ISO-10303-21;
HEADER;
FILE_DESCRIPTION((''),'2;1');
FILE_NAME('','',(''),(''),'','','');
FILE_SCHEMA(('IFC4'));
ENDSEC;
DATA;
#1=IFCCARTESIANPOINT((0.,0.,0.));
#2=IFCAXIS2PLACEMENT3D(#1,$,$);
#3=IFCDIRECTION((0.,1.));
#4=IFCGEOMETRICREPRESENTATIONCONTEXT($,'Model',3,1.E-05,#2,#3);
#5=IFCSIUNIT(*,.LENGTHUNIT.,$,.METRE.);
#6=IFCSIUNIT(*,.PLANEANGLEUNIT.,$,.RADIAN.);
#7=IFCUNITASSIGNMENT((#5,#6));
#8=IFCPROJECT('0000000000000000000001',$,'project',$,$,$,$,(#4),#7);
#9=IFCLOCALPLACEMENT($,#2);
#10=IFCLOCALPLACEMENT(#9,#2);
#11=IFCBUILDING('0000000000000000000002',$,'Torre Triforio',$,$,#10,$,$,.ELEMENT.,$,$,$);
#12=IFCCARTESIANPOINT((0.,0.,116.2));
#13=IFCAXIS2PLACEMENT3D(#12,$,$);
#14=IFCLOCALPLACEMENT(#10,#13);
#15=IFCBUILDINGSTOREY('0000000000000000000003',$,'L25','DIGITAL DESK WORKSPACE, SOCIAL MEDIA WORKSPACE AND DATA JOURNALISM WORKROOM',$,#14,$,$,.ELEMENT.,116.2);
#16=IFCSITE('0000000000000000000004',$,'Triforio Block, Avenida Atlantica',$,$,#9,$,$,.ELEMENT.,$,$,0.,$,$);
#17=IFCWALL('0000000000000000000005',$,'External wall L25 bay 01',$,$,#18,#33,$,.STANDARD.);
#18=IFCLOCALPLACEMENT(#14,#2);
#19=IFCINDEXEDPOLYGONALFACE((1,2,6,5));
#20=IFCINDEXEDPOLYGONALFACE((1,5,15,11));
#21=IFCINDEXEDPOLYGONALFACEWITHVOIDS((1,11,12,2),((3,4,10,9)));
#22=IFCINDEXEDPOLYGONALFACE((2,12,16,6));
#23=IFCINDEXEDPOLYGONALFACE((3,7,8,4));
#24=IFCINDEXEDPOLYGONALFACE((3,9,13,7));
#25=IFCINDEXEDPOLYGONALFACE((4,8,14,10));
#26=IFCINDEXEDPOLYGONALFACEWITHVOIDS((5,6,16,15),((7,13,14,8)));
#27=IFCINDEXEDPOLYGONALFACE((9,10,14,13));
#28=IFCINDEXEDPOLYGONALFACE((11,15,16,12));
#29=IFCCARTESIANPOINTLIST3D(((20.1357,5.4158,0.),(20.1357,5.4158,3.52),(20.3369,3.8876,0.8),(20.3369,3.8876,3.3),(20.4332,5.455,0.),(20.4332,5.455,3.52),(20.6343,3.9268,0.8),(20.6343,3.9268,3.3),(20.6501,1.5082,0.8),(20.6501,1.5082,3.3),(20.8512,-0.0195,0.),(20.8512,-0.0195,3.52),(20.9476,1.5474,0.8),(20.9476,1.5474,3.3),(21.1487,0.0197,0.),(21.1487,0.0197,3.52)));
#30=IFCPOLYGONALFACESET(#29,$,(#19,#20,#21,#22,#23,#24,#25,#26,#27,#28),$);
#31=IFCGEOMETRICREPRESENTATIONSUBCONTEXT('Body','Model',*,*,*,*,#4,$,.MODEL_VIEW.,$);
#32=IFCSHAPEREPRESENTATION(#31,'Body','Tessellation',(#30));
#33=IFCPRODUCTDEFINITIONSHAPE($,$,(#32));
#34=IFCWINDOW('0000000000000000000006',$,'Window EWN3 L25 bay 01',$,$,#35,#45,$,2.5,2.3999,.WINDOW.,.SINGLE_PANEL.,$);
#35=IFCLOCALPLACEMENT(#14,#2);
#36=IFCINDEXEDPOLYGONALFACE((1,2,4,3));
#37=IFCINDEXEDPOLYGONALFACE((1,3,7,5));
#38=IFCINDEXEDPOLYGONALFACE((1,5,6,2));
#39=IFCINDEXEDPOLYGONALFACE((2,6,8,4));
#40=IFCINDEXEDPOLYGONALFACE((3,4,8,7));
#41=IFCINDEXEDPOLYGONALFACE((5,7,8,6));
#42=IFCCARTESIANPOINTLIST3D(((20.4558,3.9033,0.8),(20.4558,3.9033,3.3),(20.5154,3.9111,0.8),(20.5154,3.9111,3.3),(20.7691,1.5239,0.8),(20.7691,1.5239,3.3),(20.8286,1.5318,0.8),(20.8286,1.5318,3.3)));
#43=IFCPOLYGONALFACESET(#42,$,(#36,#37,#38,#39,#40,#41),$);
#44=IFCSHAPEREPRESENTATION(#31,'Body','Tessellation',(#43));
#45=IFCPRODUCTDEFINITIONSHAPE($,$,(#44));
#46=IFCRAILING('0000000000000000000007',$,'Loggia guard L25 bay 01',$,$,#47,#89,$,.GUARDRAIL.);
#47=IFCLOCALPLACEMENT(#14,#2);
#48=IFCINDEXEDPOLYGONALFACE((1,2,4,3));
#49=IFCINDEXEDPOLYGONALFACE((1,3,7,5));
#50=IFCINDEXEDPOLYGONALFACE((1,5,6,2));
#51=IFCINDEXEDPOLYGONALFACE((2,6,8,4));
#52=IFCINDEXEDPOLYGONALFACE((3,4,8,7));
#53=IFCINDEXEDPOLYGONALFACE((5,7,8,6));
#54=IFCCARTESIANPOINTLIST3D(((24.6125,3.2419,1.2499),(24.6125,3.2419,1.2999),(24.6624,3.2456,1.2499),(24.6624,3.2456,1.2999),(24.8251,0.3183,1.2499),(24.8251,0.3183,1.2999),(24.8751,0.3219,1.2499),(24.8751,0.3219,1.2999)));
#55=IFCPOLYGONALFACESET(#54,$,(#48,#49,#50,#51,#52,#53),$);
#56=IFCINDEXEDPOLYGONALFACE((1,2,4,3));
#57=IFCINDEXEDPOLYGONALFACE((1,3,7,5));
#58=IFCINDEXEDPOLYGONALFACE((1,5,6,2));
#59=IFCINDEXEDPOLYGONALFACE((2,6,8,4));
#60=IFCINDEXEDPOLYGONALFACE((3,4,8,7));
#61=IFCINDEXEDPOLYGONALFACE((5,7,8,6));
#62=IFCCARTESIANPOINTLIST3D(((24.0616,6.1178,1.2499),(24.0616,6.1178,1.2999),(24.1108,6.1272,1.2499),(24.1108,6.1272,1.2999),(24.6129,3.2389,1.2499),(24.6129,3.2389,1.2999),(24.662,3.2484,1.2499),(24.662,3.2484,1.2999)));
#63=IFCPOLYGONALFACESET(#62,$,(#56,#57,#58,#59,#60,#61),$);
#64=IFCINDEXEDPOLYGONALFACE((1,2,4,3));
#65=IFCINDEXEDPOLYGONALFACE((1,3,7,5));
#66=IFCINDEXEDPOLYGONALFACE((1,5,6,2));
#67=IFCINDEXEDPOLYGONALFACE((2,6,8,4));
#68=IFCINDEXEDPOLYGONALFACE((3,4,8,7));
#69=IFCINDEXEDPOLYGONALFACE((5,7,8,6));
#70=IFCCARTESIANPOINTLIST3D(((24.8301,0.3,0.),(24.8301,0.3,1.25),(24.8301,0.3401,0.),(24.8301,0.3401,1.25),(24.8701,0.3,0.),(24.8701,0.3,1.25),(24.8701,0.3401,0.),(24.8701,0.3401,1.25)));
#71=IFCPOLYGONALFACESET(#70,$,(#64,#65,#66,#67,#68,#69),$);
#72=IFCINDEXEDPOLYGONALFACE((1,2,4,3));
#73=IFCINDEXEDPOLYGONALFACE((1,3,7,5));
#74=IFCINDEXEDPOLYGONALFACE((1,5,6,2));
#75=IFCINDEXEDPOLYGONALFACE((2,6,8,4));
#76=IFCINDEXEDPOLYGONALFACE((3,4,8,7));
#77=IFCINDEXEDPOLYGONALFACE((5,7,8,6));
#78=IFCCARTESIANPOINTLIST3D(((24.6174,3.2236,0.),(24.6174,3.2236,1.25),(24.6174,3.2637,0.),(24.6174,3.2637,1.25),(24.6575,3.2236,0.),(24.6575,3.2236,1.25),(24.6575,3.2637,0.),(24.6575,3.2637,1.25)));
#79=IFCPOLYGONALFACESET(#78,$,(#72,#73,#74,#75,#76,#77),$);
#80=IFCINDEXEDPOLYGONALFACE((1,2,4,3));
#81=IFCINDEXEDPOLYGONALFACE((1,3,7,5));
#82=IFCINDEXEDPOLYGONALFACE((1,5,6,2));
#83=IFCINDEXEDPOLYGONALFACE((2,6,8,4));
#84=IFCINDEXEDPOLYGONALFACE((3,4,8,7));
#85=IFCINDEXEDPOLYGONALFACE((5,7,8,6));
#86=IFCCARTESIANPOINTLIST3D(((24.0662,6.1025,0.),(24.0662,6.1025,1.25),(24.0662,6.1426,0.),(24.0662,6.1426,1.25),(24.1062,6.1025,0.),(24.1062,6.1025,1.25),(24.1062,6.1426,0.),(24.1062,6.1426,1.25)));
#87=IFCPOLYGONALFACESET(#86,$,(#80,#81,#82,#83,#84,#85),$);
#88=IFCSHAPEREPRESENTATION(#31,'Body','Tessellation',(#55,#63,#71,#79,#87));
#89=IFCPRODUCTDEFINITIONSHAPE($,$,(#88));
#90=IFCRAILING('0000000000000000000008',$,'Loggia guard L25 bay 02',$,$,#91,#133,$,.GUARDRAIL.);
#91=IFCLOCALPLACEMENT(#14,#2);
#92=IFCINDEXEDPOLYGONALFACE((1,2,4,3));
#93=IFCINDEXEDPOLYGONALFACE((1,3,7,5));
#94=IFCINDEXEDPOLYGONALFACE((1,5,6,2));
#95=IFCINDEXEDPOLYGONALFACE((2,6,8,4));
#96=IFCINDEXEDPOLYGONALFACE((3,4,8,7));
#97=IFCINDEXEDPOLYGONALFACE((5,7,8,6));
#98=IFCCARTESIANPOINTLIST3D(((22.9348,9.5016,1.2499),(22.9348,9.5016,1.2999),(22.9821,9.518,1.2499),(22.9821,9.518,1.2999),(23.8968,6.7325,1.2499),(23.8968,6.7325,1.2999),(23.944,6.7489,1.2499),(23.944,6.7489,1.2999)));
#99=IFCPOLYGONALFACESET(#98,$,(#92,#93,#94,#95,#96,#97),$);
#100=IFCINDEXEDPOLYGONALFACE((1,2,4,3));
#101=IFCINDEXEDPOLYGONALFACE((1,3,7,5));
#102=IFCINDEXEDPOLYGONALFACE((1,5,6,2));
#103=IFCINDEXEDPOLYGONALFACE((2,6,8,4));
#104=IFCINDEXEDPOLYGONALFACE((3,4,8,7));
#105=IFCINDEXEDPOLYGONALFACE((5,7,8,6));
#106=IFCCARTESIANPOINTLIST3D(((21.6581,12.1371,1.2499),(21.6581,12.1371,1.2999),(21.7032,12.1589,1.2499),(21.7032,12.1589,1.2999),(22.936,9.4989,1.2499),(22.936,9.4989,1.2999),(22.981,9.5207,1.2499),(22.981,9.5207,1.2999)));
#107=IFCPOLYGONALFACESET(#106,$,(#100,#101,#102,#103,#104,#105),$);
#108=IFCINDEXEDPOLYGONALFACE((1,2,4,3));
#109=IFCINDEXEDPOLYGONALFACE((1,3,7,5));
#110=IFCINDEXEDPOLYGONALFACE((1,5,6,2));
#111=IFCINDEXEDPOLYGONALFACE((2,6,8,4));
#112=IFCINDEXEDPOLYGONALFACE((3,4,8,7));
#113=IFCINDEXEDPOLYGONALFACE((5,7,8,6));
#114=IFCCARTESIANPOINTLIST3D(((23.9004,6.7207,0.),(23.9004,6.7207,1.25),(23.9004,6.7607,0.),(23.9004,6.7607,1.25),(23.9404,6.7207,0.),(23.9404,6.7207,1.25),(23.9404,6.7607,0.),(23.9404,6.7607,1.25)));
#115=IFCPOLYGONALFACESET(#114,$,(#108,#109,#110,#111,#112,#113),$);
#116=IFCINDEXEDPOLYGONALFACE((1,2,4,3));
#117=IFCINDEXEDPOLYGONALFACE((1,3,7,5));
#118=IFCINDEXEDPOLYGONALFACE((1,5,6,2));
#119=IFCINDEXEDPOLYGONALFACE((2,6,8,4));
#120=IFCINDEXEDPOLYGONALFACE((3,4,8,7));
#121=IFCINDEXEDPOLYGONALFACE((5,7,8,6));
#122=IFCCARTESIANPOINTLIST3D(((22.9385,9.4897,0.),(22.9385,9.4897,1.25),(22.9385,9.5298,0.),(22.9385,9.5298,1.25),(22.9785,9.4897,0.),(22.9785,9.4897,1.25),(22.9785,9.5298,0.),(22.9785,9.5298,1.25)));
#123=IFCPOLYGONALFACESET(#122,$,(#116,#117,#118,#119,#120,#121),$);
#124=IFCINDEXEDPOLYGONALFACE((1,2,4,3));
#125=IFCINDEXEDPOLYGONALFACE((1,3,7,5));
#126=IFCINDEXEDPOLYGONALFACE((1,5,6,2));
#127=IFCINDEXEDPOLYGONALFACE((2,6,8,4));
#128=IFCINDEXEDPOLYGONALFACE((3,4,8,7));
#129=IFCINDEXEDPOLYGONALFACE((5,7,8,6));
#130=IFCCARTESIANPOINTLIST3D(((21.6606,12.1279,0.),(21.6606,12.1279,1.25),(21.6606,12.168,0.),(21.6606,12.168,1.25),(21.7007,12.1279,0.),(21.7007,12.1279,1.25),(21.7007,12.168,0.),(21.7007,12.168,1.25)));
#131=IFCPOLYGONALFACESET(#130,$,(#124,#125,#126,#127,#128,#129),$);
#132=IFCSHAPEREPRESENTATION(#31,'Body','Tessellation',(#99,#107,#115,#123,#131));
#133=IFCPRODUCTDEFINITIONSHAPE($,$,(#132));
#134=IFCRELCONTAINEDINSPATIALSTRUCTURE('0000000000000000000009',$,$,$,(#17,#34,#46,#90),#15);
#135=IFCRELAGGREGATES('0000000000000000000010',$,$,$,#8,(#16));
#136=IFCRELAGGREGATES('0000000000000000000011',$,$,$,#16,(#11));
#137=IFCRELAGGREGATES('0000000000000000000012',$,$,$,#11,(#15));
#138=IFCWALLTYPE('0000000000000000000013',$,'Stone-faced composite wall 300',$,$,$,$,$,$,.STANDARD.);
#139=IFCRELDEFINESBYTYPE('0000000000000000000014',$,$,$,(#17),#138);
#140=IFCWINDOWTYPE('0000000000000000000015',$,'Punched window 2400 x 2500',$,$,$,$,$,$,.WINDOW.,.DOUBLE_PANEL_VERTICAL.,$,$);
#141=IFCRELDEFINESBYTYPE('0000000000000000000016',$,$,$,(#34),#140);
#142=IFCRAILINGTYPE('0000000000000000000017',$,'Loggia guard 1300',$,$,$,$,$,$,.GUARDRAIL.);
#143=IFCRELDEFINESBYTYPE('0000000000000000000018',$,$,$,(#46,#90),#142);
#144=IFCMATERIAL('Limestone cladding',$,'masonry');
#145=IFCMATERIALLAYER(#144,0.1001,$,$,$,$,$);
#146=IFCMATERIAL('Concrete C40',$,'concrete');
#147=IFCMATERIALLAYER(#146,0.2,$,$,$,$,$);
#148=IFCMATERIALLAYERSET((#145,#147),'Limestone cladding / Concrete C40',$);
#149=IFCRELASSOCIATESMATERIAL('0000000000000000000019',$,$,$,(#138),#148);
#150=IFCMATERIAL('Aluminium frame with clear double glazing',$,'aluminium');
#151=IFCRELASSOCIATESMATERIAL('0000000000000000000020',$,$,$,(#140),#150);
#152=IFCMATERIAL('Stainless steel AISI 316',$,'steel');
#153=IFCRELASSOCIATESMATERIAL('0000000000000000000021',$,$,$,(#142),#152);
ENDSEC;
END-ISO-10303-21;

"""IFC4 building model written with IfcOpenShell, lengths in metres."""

from ifc_helpers import new_model, si_unit, direction, frame, frame_2d, origin, origin_2d, place, context, subcontext, project, spatial, rectangle, extrude, material, layer, layer_set, type_object, element, fill, save


model = new_model("IFC4")

# Units and contexts
model_context = context("Model", 3, precision=1e-05, world=origin(), true_north=direction((0.0, 1.0)))
body_context = subcontext(model_context, "Body", "Model", "MODEL_VIEW")
ifc_project = project(units=[si_unit("LENGTHUNIT", "METRE"), si_unit("PLANEANGLEUNIT", "RADIAN")], contexts=[model_context])

# Site, building, storey
site_placement = place(None, origin())
site = spatial("IfcSite", under=ifc_project, at=site_placement, Name="Triforio Block, Avenida Atlantica", CompositionType="ELEMENT", RefElevation=0.0)
building_placement = place(site_placement, origin())
building = spatial("IfcBuilding", under=site, at=building_placement, Name="Torre Triforio", CompositionType="ELEMENT")
storey_placement = place(building_placement, frame((0.0, 0.0, 116.2)))
storey = spatial("IfcBuildingStorey", under=building, at=storey_placement, Name="L25", Description="DIGITAL DESK WORKSPACE, SOCIAL MEDIA WORKSPACE AND DATA JOURNALISM WORKROOM", CompositionType="ELEMENT", Elevation=116.2)

# Shared definitions
ifc_material_1 = material(Name="Limestone cladding", Category="masonry")
ifc_material_2 = material(Name="Concrete C40", Category="concrete")

# Wall, opening, window
ifc_layer_1 = layer(ifc_material_1, 0.1001)
ifc_layer_2 = layer(ifc_material_2, 0.2)
ifc_layer_set_1 = layer_set([ifc_layer_1, ifc_layer_2], Name="Limestone cladding / Concrete C40")
wall_type_1 = type_object("IfcWallType", Name="Stone-faced composite wall 300", PredefinedType="STANDARD", material=ifc_layer_set_1)
wall_1_placement = place(storey_placement, frame((21.0, 0.0, 0.0), z_axis=(0.0, 0.0, 1.0), x_axis=(-0.130527, 0.991445, 0.0)))
wall_1 = element("IfcWall", 1, at=wall_1_placement, inside=storey, type_object=wall_type_1, Name="External wall L25 bay 01", PredefinedType="STANDARD", context=body_context, shape_type="SweptSolid", body=[
    extrude(rectangle(XDim=5.4822, YDim=0.3, at=frame_2d((2.7412, 0.0))), origin(), (0.0, 0.0, 1.0), 3.52),
])
opening_1_placement = place(wall_1_placement, frame((1.541, 0.0, 0.8)))
opening_1 = element("IfcOpeningElement", 2, at=opening_1_placement, cuts=wall_1, PredefinedType="OPENING", context=body_context, shape_type="SweptSolid", body=[
    extrude(rectangle(XDim=2.3999, YDim=2.5, at=frame_2d((1.2, 1.25))), frame((0.0, 0.1599, 0.0), z_axis=(0.0, -1.0, 0.0), x_axis=(1.0, 0.0, 0.0)), (0.0, 0.0, 1.0), 0.3201),
])
ifc_material_3 = material(Name="Aluminium frame with clear double glazing", Category="aluminium")
window_type_1 = type_object("IfcWindowType", Name="Punched window 2400 x 2500", PartitioningType="DOUBLE_PANEL_VERTICAL", PredefinedType="WINDOW", material=ifc_material_3)
window_1_placement = place(opening_1_placement, origin())
window_1 = element("IfcWindow", 3, at=window_1_placement, inside=storey, type_object=window_type_1, Name="Window EWN3 L25 bay 01", OverallHeight=2.5, OverallWidth=2.3999, PartitioningType="SINGLE_PANEL", PredefinedType="WINDOW", context=body_context, shape_type="SweptSolid", body=[
    extrude(rectangle(XDim=2.3999, YDim=2.5, at=frame_2d((1.2, 1.25))), frame((0.0, 0.03, 0.0), z_axis=(0.0, -1.0, 0.0), x_axis=(1.0, 0.0, 0.0)), (0.0, 0.0, 1.0), 0.0601),
])
fill(opening_1, window_1)

# Railings
ifc_material_4 = material(Name="Stainless steel AISI 316", Category="steel")
railing_type = type_object("IfcRailingType", Name="Loggia guard 1300", PredefinedType="GUARDRAIL", material=ifc_material_4)
railing_1_placement = place(storey_placement, frame((24.8501, 0.3201, 0.0)))
element("IfcRailing", 4, at=railing_1_placement, inside=storey, type_object=railing_type, Name="Loggia guard L25 bay 01", PredefinedType="GUARDRAIL", context=body_context, shape_type="SweptSolid", body=[
    extrude(rectangle(XDim=0.05, YDim=0.05, at=origin_2d()), frame((0.0, 0.0, 1.2749), z_axis=(-0.072543, 0.997365, 0.0), x_axis=(-0.997365, -0.072543, 0.0)), (0.0, 0.0, 1.0), 2.9314),
    extrude(rectangle(XDim=0.05, YDim=0.05, at=origin_2d()), frame((-0.2126, 2.9236, 1.2749), z_axis=(-0.188069, 0.982156, 0.0), x_axis=(-0.982156, -0.188069, 0.0)), (0.0, 0.0, 1.0), 2.9312),
    extrude(rectangle(XDim=0.04, YDim=0.04, at=origin_2d()), origin(), (0.0, 0.0, 1.0), 1.25),
    extrude(rectangle(XDim=0.04, YDim=0.04, at=origin_2d()), frame((-0.2126, 2.9236, 0.0)), (0.0, 0.0, 1.0), 1.25),
    extrude(rectangle(XDim=0.04, YDim=0.04, at=origin_2d()), frame((-0.7639, 5.8025, 0.0)), (0.0, 0.0, 1.0), 1.25),
])
railing_2_placement = place(storey_placement, frame((23.9204, 6.7407, 0.0)))
element("IfcRailing", 5, at=railing_2_placement, inside=storey, type_object=railing_type, Name="Loggia guard L25 bay 02", PredefinedType="GUARDRAIL", context=body_context, shape_type="SweptSolid", body=[
    extrude(rectangle(XDim=0.05, YDim=0.05, at=origin_2d()), frame((0.0, 0.0, 1.2749), z_axis=(-0.328146, 0.944627, 0.0), x_axis=(-0.944627, -0.328146, 0.0)), (0.0, 0.0, 1.0), 2.9314),
    extrude(rectangle(XDim=0.05, YDim=0.05, at=origin_2d()), frame((-0.9619, 2.769, 1.2749), z_axis=(-0.435918, 0.899986, 0.0), x_axis=(-0.899986, -0.435918, 0.0)), (0.0, 0.0, 1.0), 2.9314),
    extrude(rectangle(XDim=0.04, YDim=0.04, at=origin_2d()), origin(), (0.0, 0.0, 1.0), 1.25),
    extrude(rectangle(XDim=0.04, YDim=0.04, at=origin_2d()), frame((-0.9619, 2.769, 0.0)), (0.0, 0.0, 1.0), 1.25),
    extrude(rectangle(XDim=0.04, YDim=0.04, at=origin_2d()), frame((-2.2397, 5.4072, 0.0)), (0.0, 0.0, 1.0), 1.25),
])

save(model, "model.ifc")
